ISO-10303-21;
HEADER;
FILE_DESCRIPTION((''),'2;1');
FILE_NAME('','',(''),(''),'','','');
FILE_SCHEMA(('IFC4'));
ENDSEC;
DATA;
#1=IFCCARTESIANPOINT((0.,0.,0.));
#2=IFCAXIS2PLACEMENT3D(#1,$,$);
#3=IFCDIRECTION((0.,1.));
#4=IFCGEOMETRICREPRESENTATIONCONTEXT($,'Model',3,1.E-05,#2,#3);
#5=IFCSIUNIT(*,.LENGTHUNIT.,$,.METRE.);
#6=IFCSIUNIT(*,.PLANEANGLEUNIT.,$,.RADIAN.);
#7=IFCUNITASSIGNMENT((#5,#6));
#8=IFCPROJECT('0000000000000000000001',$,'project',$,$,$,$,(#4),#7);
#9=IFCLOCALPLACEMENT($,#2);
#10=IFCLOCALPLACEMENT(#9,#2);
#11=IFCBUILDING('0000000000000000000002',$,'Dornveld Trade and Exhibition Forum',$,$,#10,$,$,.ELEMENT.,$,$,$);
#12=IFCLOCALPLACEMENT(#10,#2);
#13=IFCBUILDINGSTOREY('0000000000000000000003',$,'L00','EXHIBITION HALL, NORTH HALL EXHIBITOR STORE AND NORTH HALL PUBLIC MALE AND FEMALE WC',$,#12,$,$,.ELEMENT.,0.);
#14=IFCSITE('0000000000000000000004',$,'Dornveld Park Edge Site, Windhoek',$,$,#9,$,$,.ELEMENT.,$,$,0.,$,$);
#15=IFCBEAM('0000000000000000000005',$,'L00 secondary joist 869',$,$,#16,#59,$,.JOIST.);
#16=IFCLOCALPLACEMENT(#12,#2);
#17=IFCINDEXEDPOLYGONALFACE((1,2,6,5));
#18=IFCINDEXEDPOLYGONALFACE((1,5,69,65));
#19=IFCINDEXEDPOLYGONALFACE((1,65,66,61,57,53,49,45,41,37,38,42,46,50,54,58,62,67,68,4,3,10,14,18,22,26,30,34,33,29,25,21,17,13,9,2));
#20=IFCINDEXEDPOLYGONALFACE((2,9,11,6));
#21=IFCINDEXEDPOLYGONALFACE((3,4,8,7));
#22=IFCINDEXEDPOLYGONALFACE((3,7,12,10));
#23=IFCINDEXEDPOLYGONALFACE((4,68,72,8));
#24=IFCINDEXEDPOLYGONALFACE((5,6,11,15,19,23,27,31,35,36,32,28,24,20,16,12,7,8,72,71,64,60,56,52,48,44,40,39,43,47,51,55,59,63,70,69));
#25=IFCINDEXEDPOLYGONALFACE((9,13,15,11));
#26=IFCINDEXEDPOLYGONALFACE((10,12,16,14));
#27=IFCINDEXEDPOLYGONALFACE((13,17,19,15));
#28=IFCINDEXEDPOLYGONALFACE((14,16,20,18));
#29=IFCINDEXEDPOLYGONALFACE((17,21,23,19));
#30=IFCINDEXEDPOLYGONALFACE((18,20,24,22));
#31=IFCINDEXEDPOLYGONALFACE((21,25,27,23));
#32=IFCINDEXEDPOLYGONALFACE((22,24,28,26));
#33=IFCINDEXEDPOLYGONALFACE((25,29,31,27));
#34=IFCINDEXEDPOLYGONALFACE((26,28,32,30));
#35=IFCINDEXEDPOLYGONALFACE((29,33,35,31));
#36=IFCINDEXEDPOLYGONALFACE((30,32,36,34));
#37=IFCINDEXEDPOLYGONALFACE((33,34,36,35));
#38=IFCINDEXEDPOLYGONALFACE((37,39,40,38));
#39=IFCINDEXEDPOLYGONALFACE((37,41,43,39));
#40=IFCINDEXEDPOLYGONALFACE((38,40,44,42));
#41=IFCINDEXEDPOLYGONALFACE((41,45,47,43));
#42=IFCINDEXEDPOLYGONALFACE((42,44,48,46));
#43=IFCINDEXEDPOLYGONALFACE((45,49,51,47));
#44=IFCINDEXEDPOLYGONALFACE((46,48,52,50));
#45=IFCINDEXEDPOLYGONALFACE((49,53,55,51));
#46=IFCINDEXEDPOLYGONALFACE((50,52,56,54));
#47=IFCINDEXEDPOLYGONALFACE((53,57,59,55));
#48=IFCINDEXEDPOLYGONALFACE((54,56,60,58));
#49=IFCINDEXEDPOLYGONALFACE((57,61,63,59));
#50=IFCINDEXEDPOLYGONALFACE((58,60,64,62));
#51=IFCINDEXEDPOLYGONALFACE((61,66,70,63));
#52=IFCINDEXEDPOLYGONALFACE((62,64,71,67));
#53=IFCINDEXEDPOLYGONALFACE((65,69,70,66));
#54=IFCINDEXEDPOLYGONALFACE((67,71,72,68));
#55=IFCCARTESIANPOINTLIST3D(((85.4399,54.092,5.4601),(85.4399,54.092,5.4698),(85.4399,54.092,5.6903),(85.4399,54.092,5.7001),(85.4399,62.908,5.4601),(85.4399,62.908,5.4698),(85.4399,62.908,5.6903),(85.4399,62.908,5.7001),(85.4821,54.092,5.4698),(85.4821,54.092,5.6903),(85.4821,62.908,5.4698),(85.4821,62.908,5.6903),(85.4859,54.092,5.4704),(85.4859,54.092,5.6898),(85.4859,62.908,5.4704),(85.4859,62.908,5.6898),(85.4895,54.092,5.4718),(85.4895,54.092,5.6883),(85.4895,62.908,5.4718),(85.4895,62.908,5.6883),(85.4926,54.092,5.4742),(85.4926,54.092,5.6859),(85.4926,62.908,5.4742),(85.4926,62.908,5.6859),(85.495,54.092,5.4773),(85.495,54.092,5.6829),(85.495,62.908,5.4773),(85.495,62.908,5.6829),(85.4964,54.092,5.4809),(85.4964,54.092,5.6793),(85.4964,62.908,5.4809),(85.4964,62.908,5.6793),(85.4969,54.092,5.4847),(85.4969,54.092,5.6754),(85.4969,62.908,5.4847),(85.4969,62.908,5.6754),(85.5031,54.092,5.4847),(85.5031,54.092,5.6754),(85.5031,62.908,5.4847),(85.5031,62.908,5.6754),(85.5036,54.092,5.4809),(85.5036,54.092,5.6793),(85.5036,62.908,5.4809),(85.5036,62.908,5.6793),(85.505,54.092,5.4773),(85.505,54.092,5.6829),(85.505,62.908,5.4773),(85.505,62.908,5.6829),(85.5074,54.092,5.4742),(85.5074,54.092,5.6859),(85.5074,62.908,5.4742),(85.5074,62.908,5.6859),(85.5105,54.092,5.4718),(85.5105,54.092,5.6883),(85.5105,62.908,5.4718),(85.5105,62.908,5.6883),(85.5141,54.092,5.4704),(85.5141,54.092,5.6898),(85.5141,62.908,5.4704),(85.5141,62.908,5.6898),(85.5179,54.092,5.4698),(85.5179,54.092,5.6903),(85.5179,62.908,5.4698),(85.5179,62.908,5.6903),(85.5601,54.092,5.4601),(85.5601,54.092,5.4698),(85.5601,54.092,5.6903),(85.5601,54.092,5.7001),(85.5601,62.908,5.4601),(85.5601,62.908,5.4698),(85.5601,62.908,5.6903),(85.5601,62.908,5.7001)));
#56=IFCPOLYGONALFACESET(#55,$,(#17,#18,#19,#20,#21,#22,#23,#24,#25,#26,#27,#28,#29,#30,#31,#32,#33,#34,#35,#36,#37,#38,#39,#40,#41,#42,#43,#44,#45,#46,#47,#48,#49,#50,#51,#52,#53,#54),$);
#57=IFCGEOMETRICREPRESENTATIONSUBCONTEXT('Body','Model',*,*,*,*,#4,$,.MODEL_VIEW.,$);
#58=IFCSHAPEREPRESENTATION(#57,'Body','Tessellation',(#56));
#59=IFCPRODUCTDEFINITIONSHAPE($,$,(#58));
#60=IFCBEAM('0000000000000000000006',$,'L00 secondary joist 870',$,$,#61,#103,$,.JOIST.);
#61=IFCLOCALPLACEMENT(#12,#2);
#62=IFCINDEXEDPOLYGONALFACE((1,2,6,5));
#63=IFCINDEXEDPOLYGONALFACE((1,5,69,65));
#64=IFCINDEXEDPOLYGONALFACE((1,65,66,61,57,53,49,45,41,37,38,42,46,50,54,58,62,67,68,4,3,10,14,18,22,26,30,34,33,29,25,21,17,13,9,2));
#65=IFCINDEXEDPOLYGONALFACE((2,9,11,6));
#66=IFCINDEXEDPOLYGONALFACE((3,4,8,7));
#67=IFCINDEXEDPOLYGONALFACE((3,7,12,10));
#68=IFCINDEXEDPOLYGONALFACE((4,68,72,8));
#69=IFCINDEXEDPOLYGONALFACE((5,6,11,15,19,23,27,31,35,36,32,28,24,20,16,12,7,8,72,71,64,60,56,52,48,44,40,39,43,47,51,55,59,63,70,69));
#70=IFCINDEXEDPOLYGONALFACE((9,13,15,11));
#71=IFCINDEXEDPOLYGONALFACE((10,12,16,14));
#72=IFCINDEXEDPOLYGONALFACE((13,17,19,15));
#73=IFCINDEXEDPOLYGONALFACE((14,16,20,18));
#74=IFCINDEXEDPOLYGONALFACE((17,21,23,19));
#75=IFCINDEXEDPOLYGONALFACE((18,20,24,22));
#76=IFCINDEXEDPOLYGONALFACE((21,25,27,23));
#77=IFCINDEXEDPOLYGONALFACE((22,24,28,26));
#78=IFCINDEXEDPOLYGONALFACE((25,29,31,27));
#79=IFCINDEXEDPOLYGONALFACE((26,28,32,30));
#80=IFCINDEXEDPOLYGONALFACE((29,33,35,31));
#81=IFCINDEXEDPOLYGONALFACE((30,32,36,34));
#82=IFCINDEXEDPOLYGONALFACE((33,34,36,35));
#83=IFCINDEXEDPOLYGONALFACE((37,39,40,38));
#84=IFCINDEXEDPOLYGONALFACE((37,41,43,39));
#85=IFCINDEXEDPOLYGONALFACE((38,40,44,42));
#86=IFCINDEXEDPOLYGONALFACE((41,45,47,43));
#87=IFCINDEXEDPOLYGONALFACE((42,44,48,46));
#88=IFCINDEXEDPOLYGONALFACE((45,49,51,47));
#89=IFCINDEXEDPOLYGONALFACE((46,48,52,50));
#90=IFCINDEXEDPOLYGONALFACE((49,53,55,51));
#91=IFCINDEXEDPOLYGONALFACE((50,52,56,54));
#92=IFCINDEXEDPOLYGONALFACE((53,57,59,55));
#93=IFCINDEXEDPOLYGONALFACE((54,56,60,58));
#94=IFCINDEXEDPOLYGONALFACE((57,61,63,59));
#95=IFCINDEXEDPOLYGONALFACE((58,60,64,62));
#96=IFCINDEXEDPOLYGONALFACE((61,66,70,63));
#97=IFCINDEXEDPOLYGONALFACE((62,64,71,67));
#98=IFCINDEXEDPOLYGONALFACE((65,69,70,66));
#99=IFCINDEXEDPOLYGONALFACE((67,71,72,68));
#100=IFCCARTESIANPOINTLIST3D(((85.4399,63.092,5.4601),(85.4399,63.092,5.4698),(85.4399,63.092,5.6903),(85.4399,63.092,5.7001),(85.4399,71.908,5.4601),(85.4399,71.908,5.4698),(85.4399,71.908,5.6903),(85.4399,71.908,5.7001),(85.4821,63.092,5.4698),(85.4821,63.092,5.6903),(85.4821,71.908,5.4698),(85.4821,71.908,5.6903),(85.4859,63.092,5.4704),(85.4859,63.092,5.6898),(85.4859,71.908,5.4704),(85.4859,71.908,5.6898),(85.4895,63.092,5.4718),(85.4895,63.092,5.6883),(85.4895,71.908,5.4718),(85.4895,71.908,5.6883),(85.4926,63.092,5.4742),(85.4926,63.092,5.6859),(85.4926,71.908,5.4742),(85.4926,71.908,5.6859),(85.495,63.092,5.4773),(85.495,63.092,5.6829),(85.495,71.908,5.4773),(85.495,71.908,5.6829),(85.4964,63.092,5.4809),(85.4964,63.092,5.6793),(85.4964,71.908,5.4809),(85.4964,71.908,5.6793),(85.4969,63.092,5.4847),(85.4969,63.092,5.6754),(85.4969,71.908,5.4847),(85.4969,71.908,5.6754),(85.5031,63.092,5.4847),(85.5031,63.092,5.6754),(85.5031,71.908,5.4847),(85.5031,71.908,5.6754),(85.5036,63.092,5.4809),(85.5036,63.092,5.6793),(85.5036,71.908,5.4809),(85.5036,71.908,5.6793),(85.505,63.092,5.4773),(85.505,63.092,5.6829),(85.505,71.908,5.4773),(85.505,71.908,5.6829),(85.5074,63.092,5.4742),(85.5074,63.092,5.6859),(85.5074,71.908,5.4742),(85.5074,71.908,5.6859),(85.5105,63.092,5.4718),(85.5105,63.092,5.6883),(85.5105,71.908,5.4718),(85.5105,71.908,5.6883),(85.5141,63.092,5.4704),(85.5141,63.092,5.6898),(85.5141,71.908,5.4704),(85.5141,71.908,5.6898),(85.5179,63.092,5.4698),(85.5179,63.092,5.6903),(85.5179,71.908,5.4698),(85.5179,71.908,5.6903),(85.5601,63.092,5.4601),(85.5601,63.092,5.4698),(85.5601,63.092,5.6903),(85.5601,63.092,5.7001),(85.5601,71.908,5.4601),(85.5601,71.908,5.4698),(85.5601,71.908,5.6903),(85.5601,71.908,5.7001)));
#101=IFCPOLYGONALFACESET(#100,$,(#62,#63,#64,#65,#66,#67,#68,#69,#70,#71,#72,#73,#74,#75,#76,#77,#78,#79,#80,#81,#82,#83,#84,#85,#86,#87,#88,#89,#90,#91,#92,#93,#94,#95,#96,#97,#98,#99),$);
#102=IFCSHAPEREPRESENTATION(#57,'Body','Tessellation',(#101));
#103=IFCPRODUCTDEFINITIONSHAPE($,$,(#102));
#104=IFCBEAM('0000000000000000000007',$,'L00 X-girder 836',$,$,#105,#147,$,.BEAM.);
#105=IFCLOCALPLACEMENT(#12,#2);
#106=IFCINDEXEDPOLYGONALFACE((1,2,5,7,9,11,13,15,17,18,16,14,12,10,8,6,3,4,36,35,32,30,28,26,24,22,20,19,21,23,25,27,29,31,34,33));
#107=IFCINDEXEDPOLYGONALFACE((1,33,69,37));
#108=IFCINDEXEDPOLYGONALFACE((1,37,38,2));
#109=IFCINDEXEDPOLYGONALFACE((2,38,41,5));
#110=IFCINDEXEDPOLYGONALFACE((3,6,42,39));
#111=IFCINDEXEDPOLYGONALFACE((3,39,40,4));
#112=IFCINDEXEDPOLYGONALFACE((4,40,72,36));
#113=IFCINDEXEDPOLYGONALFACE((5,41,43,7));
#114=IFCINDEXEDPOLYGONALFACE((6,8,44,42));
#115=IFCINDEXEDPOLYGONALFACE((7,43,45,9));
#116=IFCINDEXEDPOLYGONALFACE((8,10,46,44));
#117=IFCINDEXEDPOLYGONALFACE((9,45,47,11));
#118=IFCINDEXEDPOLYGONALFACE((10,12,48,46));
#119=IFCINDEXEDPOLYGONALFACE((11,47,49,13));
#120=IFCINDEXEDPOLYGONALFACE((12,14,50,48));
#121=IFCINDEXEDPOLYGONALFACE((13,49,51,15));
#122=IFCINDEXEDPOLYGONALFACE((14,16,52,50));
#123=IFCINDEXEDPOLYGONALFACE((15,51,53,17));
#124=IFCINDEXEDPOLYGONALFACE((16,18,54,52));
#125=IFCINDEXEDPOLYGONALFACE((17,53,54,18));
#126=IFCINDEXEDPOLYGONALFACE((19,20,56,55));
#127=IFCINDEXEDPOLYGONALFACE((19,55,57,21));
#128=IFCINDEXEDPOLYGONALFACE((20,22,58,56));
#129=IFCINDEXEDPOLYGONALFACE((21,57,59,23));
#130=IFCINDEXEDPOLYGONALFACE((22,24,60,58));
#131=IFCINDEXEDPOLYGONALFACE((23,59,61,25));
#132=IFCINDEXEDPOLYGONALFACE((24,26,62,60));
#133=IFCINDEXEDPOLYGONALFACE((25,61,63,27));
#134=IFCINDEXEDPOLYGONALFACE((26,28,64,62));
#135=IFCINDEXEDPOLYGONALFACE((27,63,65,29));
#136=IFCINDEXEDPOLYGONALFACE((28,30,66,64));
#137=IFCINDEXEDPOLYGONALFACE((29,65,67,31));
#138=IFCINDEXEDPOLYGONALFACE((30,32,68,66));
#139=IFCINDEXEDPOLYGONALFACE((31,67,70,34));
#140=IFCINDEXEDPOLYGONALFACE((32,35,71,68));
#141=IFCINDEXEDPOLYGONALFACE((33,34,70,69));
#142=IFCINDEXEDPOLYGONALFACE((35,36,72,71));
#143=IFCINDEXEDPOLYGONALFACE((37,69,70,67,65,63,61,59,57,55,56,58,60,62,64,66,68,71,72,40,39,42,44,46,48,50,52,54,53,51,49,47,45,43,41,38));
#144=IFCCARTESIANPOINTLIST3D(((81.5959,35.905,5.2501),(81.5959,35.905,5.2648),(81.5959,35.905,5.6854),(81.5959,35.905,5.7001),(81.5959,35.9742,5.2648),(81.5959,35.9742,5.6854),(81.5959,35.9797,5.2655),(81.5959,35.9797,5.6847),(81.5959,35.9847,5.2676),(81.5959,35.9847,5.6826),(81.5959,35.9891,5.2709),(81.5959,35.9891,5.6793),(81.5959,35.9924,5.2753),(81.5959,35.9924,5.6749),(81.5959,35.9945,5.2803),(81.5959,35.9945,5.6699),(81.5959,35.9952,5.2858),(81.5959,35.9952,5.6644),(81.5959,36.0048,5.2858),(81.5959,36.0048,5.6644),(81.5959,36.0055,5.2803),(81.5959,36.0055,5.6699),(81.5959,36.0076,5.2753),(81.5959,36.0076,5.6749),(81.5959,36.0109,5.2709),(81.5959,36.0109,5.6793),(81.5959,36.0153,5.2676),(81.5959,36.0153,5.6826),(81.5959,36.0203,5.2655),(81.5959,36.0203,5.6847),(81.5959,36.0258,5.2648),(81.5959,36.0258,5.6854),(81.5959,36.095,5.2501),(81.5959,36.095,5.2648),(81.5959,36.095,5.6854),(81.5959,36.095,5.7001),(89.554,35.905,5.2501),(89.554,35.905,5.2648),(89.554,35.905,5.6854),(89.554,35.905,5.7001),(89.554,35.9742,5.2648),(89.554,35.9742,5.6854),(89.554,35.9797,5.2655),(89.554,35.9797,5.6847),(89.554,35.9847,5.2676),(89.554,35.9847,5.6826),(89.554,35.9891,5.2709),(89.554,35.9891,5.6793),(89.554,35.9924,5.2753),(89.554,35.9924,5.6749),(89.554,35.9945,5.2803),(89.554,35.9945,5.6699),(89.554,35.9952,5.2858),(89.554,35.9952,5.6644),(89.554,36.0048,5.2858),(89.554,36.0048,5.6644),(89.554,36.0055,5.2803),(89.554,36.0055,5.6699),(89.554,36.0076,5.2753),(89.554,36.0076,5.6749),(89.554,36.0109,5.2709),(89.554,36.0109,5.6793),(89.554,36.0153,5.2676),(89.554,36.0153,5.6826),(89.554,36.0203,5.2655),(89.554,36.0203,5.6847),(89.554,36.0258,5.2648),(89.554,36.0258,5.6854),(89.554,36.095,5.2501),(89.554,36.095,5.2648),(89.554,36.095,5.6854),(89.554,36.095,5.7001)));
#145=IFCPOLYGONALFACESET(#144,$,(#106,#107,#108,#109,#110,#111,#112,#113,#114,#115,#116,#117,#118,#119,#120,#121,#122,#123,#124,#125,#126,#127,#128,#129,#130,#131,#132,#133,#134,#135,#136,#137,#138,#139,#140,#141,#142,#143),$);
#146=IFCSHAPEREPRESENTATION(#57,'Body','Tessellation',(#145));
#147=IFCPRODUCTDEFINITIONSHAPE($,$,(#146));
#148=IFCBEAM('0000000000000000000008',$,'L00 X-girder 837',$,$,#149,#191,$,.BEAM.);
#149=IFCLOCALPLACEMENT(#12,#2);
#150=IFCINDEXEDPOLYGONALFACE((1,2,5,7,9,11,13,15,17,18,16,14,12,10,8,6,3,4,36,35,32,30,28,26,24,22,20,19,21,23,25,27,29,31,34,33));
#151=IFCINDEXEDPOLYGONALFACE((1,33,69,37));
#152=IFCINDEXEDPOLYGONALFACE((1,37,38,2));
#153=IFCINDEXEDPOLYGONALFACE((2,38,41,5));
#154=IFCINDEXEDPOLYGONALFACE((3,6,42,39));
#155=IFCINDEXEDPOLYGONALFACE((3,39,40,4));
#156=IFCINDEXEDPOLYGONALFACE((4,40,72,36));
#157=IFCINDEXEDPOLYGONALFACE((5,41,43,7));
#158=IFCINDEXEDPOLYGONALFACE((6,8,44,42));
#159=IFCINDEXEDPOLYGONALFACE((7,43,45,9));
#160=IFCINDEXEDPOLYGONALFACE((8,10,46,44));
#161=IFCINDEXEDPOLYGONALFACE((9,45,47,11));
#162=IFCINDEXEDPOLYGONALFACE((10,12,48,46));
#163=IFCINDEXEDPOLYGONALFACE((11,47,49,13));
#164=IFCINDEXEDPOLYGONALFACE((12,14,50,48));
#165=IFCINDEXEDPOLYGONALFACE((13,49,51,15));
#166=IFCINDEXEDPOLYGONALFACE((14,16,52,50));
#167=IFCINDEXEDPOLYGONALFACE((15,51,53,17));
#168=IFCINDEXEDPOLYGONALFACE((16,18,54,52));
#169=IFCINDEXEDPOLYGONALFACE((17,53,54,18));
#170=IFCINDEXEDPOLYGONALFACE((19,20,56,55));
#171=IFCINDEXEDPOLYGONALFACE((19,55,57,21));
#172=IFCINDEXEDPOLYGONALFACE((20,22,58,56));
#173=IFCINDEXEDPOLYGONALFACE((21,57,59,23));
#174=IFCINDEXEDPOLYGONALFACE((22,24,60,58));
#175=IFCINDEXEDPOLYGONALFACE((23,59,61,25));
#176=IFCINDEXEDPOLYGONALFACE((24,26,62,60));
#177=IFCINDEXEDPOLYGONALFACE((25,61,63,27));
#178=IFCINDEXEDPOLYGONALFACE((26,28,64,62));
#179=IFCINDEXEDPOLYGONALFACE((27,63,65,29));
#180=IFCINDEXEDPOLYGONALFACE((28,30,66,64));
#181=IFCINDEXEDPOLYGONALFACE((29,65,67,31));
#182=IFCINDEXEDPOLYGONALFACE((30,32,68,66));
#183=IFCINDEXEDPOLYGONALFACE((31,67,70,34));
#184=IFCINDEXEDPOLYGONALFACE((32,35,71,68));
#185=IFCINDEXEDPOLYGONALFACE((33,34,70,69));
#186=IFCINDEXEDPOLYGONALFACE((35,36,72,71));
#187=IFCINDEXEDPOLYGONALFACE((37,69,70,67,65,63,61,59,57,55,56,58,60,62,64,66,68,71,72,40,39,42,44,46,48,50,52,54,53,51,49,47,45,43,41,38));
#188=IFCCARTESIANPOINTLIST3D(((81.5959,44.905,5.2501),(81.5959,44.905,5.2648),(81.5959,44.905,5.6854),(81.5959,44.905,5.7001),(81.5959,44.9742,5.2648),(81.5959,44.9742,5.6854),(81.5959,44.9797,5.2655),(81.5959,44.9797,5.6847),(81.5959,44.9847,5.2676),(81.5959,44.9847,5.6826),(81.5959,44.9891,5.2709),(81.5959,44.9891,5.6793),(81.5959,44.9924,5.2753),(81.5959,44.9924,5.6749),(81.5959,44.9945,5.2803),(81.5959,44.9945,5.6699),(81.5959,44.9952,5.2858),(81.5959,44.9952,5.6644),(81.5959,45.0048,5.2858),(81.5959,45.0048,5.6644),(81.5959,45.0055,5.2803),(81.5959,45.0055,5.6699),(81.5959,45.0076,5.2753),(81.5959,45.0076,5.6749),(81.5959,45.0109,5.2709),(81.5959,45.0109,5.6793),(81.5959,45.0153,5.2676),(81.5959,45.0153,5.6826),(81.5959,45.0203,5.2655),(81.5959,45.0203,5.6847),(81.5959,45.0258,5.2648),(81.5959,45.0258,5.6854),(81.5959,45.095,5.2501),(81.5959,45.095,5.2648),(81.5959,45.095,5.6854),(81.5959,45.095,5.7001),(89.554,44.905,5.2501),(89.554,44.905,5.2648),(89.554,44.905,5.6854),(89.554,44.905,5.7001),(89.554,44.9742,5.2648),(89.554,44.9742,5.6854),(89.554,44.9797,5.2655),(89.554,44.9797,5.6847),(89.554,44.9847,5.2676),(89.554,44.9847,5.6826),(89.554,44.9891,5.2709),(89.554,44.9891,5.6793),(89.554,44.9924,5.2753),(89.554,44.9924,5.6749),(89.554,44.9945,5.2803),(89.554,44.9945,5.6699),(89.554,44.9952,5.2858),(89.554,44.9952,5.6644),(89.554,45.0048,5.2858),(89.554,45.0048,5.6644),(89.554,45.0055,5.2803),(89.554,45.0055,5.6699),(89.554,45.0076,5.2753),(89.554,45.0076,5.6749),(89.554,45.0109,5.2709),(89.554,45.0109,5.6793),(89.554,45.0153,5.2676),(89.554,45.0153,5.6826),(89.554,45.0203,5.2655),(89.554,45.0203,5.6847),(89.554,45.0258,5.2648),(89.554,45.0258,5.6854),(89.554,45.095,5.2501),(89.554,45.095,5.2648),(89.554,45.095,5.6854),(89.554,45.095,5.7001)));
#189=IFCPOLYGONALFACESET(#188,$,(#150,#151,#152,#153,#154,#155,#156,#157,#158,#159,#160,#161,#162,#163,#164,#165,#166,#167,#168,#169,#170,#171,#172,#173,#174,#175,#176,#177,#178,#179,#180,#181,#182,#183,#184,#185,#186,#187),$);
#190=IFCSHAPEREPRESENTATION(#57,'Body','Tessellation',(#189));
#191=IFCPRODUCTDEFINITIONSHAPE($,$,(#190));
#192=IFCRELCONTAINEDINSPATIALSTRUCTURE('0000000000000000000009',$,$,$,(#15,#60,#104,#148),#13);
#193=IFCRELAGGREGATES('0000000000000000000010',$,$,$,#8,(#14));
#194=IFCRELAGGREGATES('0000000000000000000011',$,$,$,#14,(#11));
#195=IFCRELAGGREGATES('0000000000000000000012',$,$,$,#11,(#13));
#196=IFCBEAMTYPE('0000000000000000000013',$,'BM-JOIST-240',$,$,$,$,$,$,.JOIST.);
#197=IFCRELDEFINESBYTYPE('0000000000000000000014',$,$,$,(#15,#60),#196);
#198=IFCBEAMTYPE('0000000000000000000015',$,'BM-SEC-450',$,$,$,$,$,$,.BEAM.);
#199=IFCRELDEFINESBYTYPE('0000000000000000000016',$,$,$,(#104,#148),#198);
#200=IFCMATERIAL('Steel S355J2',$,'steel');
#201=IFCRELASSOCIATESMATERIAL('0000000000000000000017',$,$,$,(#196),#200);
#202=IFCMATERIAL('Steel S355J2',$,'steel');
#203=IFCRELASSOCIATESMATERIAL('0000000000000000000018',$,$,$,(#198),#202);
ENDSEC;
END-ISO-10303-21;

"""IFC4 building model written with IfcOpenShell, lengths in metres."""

from ifc_helpers import new_model, si_unit, direction, frame, origin, origin_2d, place, context, subcontext, project, spatial, i_section, extrude, material, material_profile, profile_set, type_object, element, save


model = new_model("IFC4")

# Units and contexts
model_context = context("Model", 3, precision=1e-05, world=origin(), true_north=direction((0.0, 1.0)))
body_context = subcontext(model_context, "Body", "Model", "MODEL_VIEW")
ifc_project = project(units=[si_unit("LENGTHUNIT", "METRE"), si_unit("PLANEANGLEUNIT", "RADIAN")], contexts=[model_context])

# Site, building, storey
site_placement = place(None, origin())
site = spatial("IfcSite", under=ifc_project, at=site_placement, Name="Dornveld Park Edge Site, Windhoek", CompositionType="ELEMENT", RefElevation=0.0)
building_placement = place(site_placement, origin())
building = spatial("IfcBuilding", under=site, at=building_placement, Name="Dornveld Trade and Exhibition Forum", CompositionType="ELEMENT")
storey_placement = place(building_placement, origin())
storey = spatial("IfcBuildingStorey", under=building, at=storey_placement, Name="L00", Description="EXHIBITION HALL, NORTH HALL EXHIBITOR STORE AND NORTH HALL PUBLIC MALE AND FEMALE WC", CompositionType="ELEMENT", Elevation=0.0)

# Beams
ifc_material_1 = material(Name="Steel S355J2", Category="steel")
ifc_material_profile_1 = material_profile(ifc_material_1, i_section(OverallWidth=0.1201, OverallDepth=0.24, WebThickness=0.0061, FlangeThickness=0.0098, FilletRadius=0.0149, at=origin_2d()), Name="IPE 240")
ifc_profile_set_1 = profile_set([ifc_material_profile_1], Name="Steel S355J2")
beam_type_1 = type_object("IfcBeamType", Name="BM-JOIST-240", PredefinedType="JOIST", material=ifc_profile_set_1)
for number, where, z_axis, x_axis, name in (
    (1, (85.5, 54.092, 5.5801), (0.0, 1.0, 0.0), (-1.0, 0.0, 0.0), "L00 secondary joist 869"),
    (2, (85.5, 63.092, 5.5801), (0.0, 1.0, 0.0), (-1.0, 0.0, 0.0), "L00 secondary joist 870"),
):
    element("IfcBeam", number, at=place(storey_placement, frame(where, z_axis=z_axis, x_axis=x_axis)), inside=storey, type_object=beam_type_1, Name=name, PredefinedType="JOIST", context=body_context, shape_type="SweptSolid", body=[
        extrude(i_section(OverallWidth=0.1201, OverallDepth=0.24, WebThickness=0.0061, FlangeThickness=0.0098, FilletRadius=0.0149, at=origin_2d()), origin(), (0.0, 0.0, 1.0), 8.8159),
    ])
ifc_material_2 = material(Name="Steel S355J2", Category="steel")
ifc_material_profile_2 = material_profile(ifc_material_2, i_section(OverallWidth=0.1899, OverallDepth=0.45, WebThickness=0.0095, FlangeThickness=0.0146, FilletRadius=0.021, at=origin_2d()), Name="IPE 450")
ifc_profile_set_2 = profile_set([ifc_material_profile_2], Name="Steel S355J2")
beam_type_2 = type_object("IfcBeamType", Name="BM-SEC-450", PredefinedType="BEAM", material=ifc_profile_set_2)
for number, where, z_axis, x_axis, name in (
    (3, (81.5959, 36.0, 5.4751), (1.0, 0.0, 0.0), (0.0, 1.0, 0.0), "L00 X-girder 836"),
    (4, (81.5959, 45.0, 5.4751), (1.0, 0.0, 0.0), (0.0, 1.0, 0.0), "L00 X-girder 837"),
):
    element("IfcBeam", number, at=place(storey_placement, frame(where, z_axis=z_axis, x_axis=x_axis)), inside=storey, type_object=beam_type_2, Name=name, PredefinedType="BEAM", context=body_context, shape_type="SweptSolid", body=[
        extrude(i_section(OverallWidth=0.1899, OverallDepth=0.45, WebThickness=0.0095, FlangeThickness=0.0146, FilletRadius=0.021, at=origin_2d()), origin(), (0.0, 0.0, 1.0), 7.958),
    ])

save(model, "model.ifc")
